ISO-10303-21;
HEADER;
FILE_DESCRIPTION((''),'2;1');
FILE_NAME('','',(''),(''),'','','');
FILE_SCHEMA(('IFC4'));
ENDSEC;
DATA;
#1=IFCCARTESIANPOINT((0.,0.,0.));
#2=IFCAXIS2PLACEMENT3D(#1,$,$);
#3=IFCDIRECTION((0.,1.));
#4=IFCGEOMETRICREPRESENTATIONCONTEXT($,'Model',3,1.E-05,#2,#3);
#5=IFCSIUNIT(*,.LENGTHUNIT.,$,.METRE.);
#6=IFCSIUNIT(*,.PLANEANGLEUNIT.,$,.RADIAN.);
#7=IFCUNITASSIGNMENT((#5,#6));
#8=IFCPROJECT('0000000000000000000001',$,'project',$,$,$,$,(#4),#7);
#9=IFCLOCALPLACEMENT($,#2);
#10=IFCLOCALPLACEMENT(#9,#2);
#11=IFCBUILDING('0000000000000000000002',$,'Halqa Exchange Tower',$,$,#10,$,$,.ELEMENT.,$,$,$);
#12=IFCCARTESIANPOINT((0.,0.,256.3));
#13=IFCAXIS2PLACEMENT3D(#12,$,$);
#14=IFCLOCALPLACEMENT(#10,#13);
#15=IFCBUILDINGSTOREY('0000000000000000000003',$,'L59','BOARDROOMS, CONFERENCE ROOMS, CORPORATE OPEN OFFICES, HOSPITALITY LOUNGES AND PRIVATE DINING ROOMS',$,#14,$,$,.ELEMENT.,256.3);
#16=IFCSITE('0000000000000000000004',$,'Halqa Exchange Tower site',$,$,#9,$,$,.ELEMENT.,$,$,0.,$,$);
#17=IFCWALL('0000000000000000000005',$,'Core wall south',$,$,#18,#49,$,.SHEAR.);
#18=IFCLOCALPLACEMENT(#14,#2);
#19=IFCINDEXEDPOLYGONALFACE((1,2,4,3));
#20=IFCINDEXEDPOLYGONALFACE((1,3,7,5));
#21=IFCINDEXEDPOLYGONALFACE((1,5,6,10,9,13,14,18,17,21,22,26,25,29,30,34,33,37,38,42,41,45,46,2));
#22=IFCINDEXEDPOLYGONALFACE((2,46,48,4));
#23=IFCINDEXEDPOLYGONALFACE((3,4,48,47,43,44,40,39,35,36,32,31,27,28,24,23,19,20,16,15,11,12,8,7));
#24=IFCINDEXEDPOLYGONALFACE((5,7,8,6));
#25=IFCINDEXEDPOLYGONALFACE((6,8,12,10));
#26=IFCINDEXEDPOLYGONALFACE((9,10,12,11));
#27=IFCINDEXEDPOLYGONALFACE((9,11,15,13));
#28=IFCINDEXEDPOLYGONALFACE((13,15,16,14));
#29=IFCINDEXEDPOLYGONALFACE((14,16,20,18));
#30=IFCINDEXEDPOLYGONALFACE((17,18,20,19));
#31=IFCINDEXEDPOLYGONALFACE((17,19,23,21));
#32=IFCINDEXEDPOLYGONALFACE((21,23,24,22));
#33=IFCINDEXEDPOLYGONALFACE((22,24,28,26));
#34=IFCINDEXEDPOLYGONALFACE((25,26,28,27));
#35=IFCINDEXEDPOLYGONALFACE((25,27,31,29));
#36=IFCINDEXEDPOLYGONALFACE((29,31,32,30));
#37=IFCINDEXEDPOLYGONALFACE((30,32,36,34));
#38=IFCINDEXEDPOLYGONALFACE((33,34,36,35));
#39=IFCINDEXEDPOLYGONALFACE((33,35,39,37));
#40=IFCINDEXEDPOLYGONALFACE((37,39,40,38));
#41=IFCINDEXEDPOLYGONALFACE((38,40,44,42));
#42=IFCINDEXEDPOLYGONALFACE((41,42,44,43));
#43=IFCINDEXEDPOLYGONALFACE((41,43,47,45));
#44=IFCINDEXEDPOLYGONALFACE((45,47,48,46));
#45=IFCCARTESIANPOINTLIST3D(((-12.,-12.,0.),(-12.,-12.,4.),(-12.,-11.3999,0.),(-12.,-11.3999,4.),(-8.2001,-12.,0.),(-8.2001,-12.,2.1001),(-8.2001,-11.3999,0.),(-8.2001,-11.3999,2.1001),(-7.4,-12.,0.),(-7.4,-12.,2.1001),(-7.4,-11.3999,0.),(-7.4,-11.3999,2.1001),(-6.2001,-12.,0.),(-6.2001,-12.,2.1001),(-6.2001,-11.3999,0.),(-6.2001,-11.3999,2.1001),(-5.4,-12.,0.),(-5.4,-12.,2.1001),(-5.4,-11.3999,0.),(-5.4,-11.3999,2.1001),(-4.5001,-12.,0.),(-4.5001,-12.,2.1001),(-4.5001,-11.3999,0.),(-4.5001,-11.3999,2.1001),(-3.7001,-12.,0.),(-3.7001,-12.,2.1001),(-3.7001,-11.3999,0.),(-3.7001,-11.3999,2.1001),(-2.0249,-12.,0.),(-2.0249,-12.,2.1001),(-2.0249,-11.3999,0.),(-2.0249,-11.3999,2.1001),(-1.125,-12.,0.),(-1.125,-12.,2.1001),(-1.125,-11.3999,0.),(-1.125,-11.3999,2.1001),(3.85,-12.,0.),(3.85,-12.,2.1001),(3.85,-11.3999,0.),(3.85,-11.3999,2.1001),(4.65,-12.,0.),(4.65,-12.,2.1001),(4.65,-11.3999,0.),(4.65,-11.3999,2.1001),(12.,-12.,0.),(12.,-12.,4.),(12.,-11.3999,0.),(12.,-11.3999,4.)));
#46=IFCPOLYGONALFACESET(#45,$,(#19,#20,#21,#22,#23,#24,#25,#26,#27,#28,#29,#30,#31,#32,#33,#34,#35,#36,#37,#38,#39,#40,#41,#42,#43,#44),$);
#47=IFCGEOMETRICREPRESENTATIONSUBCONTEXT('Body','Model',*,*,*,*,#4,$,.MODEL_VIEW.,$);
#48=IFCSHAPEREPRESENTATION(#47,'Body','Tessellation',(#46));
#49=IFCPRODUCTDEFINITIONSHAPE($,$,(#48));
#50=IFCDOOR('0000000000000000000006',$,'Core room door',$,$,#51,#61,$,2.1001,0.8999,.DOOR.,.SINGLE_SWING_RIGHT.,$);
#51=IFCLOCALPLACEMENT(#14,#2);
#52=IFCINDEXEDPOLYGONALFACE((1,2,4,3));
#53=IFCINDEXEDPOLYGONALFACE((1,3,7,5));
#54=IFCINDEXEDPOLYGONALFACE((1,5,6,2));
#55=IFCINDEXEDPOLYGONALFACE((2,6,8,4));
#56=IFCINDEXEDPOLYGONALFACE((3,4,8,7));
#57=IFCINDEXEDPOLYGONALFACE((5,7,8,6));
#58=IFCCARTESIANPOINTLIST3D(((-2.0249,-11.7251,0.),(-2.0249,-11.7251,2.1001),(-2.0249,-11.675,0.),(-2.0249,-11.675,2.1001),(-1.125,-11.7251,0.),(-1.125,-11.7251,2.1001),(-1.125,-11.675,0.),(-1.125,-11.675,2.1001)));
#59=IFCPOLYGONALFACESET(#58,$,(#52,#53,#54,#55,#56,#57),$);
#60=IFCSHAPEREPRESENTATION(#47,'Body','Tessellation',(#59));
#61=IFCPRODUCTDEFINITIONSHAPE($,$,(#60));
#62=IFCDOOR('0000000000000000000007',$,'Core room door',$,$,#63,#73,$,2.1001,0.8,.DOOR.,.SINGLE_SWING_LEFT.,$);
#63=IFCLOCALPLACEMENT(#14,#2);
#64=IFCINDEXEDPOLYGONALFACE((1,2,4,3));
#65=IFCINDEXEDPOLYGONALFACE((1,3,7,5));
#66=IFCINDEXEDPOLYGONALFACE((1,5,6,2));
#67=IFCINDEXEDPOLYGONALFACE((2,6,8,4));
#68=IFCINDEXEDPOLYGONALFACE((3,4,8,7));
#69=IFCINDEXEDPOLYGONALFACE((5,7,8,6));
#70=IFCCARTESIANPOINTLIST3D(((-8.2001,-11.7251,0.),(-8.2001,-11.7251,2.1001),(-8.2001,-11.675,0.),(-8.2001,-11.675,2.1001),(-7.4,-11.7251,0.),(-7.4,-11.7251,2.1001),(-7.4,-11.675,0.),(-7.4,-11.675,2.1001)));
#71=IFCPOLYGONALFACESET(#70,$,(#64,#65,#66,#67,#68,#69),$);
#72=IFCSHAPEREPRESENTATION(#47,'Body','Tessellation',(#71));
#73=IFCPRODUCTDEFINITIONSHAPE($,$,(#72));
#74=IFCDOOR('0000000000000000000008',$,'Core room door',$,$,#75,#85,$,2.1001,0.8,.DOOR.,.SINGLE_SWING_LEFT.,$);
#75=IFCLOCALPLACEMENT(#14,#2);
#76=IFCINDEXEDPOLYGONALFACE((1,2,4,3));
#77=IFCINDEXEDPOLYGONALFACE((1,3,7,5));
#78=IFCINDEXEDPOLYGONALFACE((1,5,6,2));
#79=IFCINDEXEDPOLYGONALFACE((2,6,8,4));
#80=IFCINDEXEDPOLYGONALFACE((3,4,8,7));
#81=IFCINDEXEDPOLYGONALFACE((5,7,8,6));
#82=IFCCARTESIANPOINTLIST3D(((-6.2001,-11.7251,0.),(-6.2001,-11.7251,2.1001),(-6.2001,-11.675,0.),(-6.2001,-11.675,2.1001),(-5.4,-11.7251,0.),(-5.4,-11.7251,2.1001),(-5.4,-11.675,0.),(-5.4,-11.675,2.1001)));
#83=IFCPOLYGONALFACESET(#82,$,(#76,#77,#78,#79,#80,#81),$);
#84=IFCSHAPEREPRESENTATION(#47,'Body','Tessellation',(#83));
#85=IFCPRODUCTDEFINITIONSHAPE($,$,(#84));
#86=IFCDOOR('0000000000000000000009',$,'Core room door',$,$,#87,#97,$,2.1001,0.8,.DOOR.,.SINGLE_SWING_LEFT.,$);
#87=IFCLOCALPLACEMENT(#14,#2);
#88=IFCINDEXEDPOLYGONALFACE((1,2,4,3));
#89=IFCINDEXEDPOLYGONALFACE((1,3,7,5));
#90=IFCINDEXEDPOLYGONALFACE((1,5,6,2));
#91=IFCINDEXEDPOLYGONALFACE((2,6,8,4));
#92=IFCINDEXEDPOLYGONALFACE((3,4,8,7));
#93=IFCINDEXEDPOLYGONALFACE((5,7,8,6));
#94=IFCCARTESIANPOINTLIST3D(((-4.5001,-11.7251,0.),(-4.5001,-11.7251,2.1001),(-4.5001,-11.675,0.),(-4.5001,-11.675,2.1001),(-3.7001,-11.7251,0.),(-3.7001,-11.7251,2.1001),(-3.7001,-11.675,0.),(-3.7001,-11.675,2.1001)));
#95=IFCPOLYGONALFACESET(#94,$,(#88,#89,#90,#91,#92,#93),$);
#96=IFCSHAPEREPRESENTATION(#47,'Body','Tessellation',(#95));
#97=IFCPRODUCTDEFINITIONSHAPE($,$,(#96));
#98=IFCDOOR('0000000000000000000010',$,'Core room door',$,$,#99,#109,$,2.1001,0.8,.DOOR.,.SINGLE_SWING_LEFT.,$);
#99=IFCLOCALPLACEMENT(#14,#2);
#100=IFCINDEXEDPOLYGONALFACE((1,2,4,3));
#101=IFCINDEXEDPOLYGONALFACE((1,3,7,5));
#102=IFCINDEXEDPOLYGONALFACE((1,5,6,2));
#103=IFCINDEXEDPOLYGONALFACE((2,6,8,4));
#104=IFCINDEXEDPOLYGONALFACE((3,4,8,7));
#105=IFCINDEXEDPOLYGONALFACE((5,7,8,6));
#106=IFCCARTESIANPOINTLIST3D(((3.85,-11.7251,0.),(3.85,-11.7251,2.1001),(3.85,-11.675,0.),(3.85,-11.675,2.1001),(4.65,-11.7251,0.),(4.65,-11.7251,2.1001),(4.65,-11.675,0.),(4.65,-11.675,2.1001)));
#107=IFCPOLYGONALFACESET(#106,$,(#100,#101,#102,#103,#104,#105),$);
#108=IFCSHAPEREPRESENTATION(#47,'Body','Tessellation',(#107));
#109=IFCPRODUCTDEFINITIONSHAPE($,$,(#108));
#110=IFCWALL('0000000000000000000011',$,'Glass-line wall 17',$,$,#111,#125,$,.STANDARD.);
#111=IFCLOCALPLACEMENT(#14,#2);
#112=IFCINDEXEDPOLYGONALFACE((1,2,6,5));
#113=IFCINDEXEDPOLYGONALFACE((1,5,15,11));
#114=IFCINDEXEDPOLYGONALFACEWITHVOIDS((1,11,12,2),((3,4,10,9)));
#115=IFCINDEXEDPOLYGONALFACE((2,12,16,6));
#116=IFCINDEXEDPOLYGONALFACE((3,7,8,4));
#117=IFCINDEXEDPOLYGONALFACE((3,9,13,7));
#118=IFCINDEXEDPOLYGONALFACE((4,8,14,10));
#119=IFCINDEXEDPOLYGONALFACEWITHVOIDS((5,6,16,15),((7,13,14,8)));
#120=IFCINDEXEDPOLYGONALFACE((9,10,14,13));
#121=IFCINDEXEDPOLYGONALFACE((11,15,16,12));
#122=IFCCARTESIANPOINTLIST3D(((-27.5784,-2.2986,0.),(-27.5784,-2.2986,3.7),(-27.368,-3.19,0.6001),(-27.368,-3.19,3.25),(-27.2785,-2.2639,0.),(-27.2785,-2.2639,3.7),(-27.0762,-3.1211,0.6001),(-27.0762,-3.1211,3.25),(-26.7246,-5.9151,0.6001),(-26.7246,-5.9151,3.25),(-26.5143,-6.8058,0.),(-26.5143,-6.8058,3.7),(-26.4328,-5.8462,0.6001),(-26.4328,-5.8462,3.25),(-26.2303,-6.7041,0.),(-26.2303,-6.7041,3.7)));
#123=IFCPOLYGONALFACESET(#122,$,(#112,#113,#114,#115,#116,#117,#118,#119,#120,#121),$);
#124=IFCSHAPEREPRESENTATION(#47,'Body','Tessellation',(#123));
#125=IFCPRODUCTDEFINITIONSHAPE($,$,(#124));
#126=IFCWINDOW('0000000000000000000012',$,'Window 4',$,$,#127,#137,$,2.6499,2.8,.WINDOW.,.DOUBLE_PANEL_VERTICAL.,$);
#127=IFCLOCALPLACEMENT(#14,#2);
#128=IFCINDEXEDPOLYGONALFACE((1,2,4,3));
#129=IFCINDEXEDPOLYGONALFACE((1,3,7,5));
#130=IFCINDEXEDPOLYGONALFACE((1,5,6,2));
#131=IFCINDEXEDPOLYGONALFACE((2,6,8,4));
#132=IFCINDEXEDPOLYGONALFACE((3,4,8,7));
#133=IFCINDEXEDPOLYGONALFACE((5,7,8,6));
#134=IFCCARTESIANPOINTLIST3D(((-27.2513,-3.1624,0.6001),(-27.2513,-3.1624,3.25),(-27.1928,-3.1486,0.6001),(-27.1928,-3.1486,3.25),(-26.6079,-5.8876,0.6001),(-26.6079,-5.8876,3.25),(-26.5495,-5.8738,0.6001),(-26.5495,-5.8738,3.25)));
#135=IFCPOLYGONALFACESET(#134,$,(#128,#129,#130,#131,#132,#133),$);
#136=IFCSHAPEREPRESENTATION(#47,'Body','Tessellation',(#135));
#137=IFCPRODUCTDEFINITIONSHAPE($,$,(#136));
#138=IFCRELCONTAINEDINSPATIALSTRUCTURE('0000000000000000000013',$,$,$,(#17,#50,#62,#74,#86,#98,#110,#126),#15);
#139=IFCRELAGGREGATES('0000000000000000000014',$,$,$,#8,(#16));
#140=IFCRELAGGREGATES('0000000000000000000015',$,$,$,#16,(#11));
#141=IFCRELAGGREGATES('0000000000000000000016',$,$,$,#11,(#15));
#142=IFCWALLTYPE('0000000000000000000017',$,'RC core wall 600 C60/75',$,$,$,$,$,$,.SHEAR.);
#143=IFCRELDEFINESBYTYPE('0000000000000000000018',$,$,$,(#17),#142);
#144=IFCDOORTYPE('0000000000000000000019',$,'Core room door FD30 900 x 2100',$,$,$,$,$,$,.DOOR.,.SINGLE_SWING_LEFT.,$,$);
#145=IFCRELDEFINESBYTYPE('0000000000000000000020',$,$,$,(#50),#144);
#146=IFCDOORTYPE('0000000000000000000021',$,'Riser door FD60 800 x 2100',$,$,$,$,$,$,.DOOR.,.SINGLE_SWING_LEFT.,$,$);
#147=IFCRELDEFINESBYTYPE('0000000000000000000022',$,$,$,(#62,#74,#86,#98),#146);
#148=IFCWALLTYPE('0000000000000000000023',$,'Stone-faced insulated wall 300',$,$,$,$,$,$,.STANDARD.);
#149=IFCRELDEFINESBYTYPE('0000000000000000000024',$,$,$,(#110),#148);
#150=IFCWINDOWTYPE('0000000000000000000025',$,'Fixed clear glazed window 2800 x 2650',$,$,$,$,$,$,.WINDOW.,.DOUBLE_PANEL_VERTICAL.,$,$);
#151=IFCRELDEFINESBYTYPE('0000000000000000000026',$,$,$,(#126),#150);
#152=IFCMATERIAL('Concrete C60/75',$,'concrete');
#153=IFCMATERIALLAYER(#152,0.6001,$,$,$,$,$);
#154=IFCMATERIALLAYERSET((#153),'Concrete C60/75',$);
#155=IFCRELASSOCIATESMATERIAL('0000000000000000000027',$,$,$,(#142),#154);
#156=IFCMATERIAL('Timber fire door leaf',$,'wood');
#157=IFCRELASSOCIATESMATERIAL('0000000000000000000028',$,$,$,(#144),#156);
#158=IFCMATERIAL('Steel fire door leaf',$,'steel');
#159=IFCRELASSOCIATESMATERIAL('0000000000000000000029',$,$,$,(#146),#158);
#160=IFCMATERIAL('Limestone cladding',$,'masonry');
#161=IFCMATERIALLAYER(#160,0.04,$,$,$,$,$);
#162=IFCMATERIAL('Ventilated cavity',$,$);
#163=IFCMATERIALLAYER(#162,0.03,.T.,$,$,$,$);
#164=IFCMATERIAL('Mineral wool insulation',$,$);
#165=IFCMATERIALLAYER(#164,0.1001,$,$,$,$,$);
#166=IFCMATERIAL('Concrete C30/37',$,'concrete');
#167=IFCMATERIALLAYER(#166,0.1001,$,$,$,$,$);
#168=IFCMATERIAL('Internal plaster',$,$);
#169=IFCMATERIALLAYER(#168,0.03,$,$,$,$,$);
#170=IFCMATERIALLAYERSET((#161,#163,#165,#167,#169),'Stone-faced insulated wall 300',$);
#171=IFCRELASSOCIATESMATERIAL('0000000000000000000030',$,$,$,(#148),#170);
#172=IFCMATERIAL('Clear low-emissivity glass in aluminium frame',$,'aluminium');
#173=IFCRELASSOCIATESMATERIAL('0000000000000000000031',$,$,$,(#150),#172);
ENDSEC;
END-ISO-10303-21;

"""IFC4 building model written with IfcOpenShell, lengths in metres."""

from ifc_helpers import new_model, si_unit, direction, frame, frame_2d, origin, place, context, subcontext, project, spatial, polyline, rectangle, outline, extrude, material, layer, layer_set, type_object, element, fill, save


model = new_model("IFC4")

# Units and contexts
model_context = context("Model", 3, precision=1e-05, world=origin(), true_north=direction((0.0, 1.0)))
body_context = subcontext(model_context, "Body", "Model", "MODEL_VIEW")
ifc_project = project(units=[si_unit("LENGTHUNIT", "METRE"), si_unit("PLANEANGLEUNIT", "RADIAN")], contexts=[model_context])

# Site, building, storey
site_placement = place(None, origin())
site = spatial("IfcSite", under=ifc_project, at=site_placement, Name="Halqa Exchange Tower site", CompositionType="ELEMENT", RefElevation=0.0)
building_placement = place(site_placement, origin())
building = spatial("IfcBuilding", under=site, at=building_placement, Name="Halqa Exchange Tower", CompositionType="ELEMENT")
storey_placement = place(building_placement, frame((0.0, 0.0, 256.3)))
storey = spatial("IfcBuildingStorey", under=building, at=storey_placement, Name="L59", Description="BOARDROOMS, CONFERENCE ROOMS, CORPORATE OPEN OFFICES, HOSPITALITY LOUNGES AND PRIVATE DINING ROOMS", CompositionType="ELEMENT", Elevation=256.3)

# Shared definitions
ifc_material_1 = material(Name="Concrete C60/75", Category="concrete")

# Shared definitions
ifc_material_2 = material(Name="Steel fire door leaf", Category="steel")

# Wall, openings, doors
ifc_layer_1 = layer(ifc_material_1, 0.6001)
ifc_layer_set_1 = layer_set([ifc_layer_1], Name="Concrete C60/75")
wall_type_1 = type_object("IfcWallType", Name="RC core wall 600 C60/75", PredefinedType="SHEAR", material=ifc_layer_set_1)
wall_1_placement = place(storey_placement, frame((-12.0, -11.7, 0.0), z_axis=(0.0, 0.0, 1.0), x_axis=(1.0, 0.0, 0.0)))
wall_1 = element("IfcWall", 1, at=wall_1_placement, inside=storey, type_object=wall_type_1, Name="Core wall south", PredefinedType="SHEAR", context=body_context, shape_type="SweptSolid", body=[
    extrude(rectangle(XDim=24.0, YDim=0.6001, at=frame_2d((12.0, 0.0))), origin(), (0.0, 0.0, 1.0), 4.0),
])
opening_1_placement = place(wall_1_placement, frame((9.9751, 0.0, 0.0)))
opening_1 = element("IfcOpeningElement", 2, at=opening_1_placement, cuts=wall_1, PredefinedType="OPENING", context=body_context, shape_type="SweptSolid", body=[
    extrude(rectangle(XDim=0.8999, YDim=2.1001, at=frame_2d((0.45, 1.05))), frame((0.0, 0.312, 0.0), z_axis=(0.0, -1.0, 0.0), x_axis=(1.0, 0.0, 0.0)), (0.0, 0.0, 1.0), 0.624),
])
opening_2_placement = place(wall_1_placement, frame((3.8, 0.0, 0.0)))
opening_2 = element("IfcOpeningElement", 3, at=opening_2_placement, cuts=wall_1, PredefinedType="OPENING", context=body_context, shape_type="SweptSolid", body=[
    extrude(rectangle(XDim=0.8, YDim=2.1001, at=frame_2d((0.3999, 1.05))), frame((0.0, 0.312, 0.0), z_axis=(0.0, -1.0, 0.0), x_axis=(1.0, 0.0, 0.0)), (0.0, 0.0, 1.0), 0.624),
])
opening_3_placement = place(wall_1_placement, frame((5.8, 0.0, 0.0)))
opening_3 = element("IfcOpeningElement", 4, at=opening_3_placement, cuts=wall_1, PredefinedType="OPENING", context=body_context, shape_type="SweptSolid", body=[
    extrude(rectangle(XDim=0.8, YDim=2.1001, at=frame_2d((0.3999, 1.05))), frame((0.0, 0.312, 0.0), z_axis=(0.0, -1.0, 0.0), x_axis=(1.0, 0.0, 0.0)), (0.0, 0.0, 1.0), 0.624),
])
opening_4_placement = place(wall_1_placement, frame((7.5, 0.0, 0.0)))
opening_4 = element("IfcOpeningElement", 5, at=opening_4_placement, cuts=wall_1, PredefinedType="OPENING", context=body_context, shape_type="SweptSolid", body=[
    extrude(rectangle(XDim=0.8, YDim=2.1001, at=frame_2d((0.3999, 1.05))), frame((0.0, 0.312, 0.0), z_axis=(0.0, -1.0, 0.0), x_axis=(1.0, 0.0, 0.0)), (0.0, 0.0, 1.0), 0.624),
])
opening_5_placement = place(wall_1_placement, frame((15.8501, 0.0, 0.0)))
opening_5 = element("IfcOpeningElement", 6, at=opening_5_placement, cuts=wall_1, PredefinedType="OPENING", context=body_context, shape_type="SweptSolid", body=[
    extrude(rectangle(XDim=0.8, YDim=2.1001, at=frame_2d((0.3999, 1.05))), frame((0.0, 0.312, 0.0), z_axis=(0.0, -1.0, 0.0), x_axis=(1.0, 0.0, 0.0)), (0.0, 0.0, 1.0), 0.624),
])
ifc_material_3 = material(Name="Timber fire door leaf", Category="wood")
door_type_1 = type_object("IfcDoorType", Name="Core room door FD30 900 x 2100", OperationType="SINGLE_SWING_LEFT", PredefinedType="DOOR", material=ifc_material_3)
door_1_placement = place(opening_1_placement, origin())
door_1 = element("IfcDoor", 7, at=door_1_placement, inside=storey, type_object=door_type_1, Name="Core room door", OperationType="SINGLE_SWING_RIGHT", OverallHeight=2.1001, OverallWidth=0.8999, PredefinedType="DOOR", context=body_context, shape_type="SweptSolid", body=[
    extrude(rectangle(XDim=0.8999, YDim=2.1001, at=frame_2d((0.45, 1.05))), frame((0.0, 0.0249, 0.0), z_axis=(0.0, -1.0, 0.0), x_axis=(1.0, 0.0, 0.0)), (0.0, 0.0, 1.0), 0.05),
])
fill(opening_1, door_1)
door_type_2 = type_object("IfcDoorType", Name="Riser door FD60 800 x 2100", OperationType="SINGLE_SWING_LEFT", PredefinedType="DOOR", material=ifc_material_2)
door_2_placement = place(opening_2_placement, origin())
door_2 = element("IfcDoor", 8, at=door_2_placement, inside=storey, type_object=door_type_2, Name="Core room door", OperationType="SINGLE_SWING_LEFT", OverallHeight=2.1001, OverallWidth=0.8, PredefinedType="DOOR", context=body_context, shape_type="SweptSolid", body=[
    extrude(rectangle(XDim=0.8, YDim=2.1001, at=frame_2d((0.3999, 1.05))), frame((0.0, 0.0249, 0.0), z_axis=(0.0, -1.0, 0.0), x_axis=(1.0, 0.0, 0.0)), (0.0, 0.0, 1.0), 0.05),
])
fill(opening_2, door_2)
door_3_placement = place(opening_3_placement, origin())
door_3 = element("IfcDoor", 9, at=door_3_placement, inside=storey, type_object=door_type_2, Name="Core room door", OperationType="SINGLE_SWING_LEFT", OverallHeight=2.1001, OverallWidth=0.8, PredefinedType="DOOR", context=body_context, shape_type="SweptSolid", body=[
    extrude(rectangle(XDim=0.8, YDim=2.1001, at=frame_2d((0.3999, 1.05))), frame((0.0, 0.0249, 0.0), z_axis=(0.0, -1.0, 0.0), x_axis=(1.0, 0.0, 0.0)), (0.0, 0.0, 1.0), 0.05),
])
fill(opening_3, door_3)
door_4_placement = place(opening_4_placement, origin())
door_4 = element("IfcDoor", 10, at=door_4_placement, inside=storey, type_object=door_type_2, Name="Core room door", OperationType="SINGLE_SWING_LEFT", OverallHeight=2.1001, OverallWidth=0.8, PredefinedType="DOOR", context=body_context, shape_type="SweptSolid", body=[
    extrude(rectangle(XDim=0.8, YDim=2.1001, at=frame_2d((0.3999, 1.05))), frame((0.0, 0.0249, 0.0), z_axis=(0.0, -1.0, 0.0), x_axis=(1.0, 0.0, 0.0)), (0.0, 0.0, 1.0), 0.05),
])
fill(opening_4, door_4)
door_5_placement = place(opening_5_placement, origin())
door_5 = element("IfcDoor", 11, at=door_5_placement, inside=storey, type_object=door_type_2, Name="Core room door", OperationType="SINGLE_SWING_LEFT", OverallHeight=2.1001, OverallWidth=0.8, PredefinedType="DOOR", context=body_context, shape_type="SweptSolid", body=[
    extrude(rectangle(XDim=0.8, YDim=2.1001, at=frame_2d((0.3999, 1.05))), frame((0.0, 0.0249, 0.0), z_axis=(0.0, -1.0, 0.0), x_axis=(1.0, 0.0, 0.0)), (0.0, 0.0, 1.0), 0.05),
])
fill(opening_5, door_5)

# Wall, opening, window
ifc_material_4 = material(Name="Limestone cladding", Category="masonry")
ifc_layer_2 = layer(ifc_material_4, 0.04)
ifc_material_5 = material(Name="Ventilated cavity")
ifc_layer_3 = layer(ifc_material_5, 0.03, ventilated=True)
ifc_material_6 = material(Name="Mineral wool insulation")
ifc_layer_4 = layer(ifc_material_6, 0.1001)
ifc_material_7 = material(Name="Concrete C30/37", Category="concrete")
ifc_layer_5 = layer(ifc_material_7, 0.1001)
ifc_material_8 = material(Name="Internal plaster")
ifc_layer_6 = layer(ifc_material_8, 0.03)
ifc_layer_set_2 = layer_set([ifc_layer_2, ifc_layer_3, ifc_layer_4, ifc_layer_5, ifc_layer_6], Name="Stone-faced insulated wall 300")
wall_type_2 = type_object("IfcWallType", Name="Stone-faced insulated wall 300", PredefinedType="STANDARD", material=ifc_layer_set_2)
wall_2_placement = place(storey_placement, frame((-27.4285, -2.2812, 0.0), z_axis=(0.0, 0.0, 1.0), x_axis=(0.229768, -0.973246, 0.0)))
wall_2 = element("IfcWall", 12, at=wall_2_placement, inside=storey, type_object=wall_type_2, Name="Glass-line wall 17", PredefinedType="STANDARD", context=body_context, shape_type="SweptSolid", body=[
    extrude(outline(polyline([(-0.0176, -0.1499), (4.6135, -0.1499), (4.5798, 0.1499), (0.0176, 0.1499), (-0.0176, -0.1499)])), origin(), (0.0, 0.0, 1.0), 3.7),
])
opening_6_placement = place(wall_2_placement, frame((0.8984, 0.0, 0.6001)))
opening_6 = element("IfcOpeningElement", 13, at=opening_6_placement, cuts=wall_2, PredefinedType="OPENING", context=body_context, shape_type="SweptSolid", body=[
    extrude(rectangle(XDim=2.8, YDim=2.6499, at=frame_2d((1.3999, 1.325))), frame((0.0, 0.1621, 0.0), z_axis=(0.0, -1.0, 0.0), x_axis=(1.0, 0.0, 0.0)), (0.0, 0.0, 1.0), 0.324),
])
ifc_material_9 = material(Name="Clear low-emissivity glass in aluminium frame", Category="aluminium")
window_type = type_object("IfcWindowType", Name="Fixed clear glazed window 2800 x 2650", PartitioningType="DOUBLE_PANEL_VERTICAL", PredefinedType="WINDOW", material=ifc_material_9)
window_1_placement = place(opening_6_placement, origin())
window_1 = element("IfcWindow", 14, at=window_1_placement, inside=storey, type_object=window_type, Name="Window 4", OverallHeight=2.6499, OverallWidth=2.8, PartitioningType="DOUBLE_PANEL_VERTICAL", PredefinedType="WINDOW", context=body_context, shape_type="SweptSolid", body=[
    extrude(rectangle(XDim=2.8, YDim=2.6499, at=frame_2d((1.3999, 1.325))), frame((0.0, 0.03, 0.0), z_axis=(0.0, -1.0, 0.0), x_axis=(1.0, 0.0, 0.0)), (0.0, 0.0, 1.0), 0.0601),
])
fill(opening_6, window_1)

save(model, "model.ifc")
